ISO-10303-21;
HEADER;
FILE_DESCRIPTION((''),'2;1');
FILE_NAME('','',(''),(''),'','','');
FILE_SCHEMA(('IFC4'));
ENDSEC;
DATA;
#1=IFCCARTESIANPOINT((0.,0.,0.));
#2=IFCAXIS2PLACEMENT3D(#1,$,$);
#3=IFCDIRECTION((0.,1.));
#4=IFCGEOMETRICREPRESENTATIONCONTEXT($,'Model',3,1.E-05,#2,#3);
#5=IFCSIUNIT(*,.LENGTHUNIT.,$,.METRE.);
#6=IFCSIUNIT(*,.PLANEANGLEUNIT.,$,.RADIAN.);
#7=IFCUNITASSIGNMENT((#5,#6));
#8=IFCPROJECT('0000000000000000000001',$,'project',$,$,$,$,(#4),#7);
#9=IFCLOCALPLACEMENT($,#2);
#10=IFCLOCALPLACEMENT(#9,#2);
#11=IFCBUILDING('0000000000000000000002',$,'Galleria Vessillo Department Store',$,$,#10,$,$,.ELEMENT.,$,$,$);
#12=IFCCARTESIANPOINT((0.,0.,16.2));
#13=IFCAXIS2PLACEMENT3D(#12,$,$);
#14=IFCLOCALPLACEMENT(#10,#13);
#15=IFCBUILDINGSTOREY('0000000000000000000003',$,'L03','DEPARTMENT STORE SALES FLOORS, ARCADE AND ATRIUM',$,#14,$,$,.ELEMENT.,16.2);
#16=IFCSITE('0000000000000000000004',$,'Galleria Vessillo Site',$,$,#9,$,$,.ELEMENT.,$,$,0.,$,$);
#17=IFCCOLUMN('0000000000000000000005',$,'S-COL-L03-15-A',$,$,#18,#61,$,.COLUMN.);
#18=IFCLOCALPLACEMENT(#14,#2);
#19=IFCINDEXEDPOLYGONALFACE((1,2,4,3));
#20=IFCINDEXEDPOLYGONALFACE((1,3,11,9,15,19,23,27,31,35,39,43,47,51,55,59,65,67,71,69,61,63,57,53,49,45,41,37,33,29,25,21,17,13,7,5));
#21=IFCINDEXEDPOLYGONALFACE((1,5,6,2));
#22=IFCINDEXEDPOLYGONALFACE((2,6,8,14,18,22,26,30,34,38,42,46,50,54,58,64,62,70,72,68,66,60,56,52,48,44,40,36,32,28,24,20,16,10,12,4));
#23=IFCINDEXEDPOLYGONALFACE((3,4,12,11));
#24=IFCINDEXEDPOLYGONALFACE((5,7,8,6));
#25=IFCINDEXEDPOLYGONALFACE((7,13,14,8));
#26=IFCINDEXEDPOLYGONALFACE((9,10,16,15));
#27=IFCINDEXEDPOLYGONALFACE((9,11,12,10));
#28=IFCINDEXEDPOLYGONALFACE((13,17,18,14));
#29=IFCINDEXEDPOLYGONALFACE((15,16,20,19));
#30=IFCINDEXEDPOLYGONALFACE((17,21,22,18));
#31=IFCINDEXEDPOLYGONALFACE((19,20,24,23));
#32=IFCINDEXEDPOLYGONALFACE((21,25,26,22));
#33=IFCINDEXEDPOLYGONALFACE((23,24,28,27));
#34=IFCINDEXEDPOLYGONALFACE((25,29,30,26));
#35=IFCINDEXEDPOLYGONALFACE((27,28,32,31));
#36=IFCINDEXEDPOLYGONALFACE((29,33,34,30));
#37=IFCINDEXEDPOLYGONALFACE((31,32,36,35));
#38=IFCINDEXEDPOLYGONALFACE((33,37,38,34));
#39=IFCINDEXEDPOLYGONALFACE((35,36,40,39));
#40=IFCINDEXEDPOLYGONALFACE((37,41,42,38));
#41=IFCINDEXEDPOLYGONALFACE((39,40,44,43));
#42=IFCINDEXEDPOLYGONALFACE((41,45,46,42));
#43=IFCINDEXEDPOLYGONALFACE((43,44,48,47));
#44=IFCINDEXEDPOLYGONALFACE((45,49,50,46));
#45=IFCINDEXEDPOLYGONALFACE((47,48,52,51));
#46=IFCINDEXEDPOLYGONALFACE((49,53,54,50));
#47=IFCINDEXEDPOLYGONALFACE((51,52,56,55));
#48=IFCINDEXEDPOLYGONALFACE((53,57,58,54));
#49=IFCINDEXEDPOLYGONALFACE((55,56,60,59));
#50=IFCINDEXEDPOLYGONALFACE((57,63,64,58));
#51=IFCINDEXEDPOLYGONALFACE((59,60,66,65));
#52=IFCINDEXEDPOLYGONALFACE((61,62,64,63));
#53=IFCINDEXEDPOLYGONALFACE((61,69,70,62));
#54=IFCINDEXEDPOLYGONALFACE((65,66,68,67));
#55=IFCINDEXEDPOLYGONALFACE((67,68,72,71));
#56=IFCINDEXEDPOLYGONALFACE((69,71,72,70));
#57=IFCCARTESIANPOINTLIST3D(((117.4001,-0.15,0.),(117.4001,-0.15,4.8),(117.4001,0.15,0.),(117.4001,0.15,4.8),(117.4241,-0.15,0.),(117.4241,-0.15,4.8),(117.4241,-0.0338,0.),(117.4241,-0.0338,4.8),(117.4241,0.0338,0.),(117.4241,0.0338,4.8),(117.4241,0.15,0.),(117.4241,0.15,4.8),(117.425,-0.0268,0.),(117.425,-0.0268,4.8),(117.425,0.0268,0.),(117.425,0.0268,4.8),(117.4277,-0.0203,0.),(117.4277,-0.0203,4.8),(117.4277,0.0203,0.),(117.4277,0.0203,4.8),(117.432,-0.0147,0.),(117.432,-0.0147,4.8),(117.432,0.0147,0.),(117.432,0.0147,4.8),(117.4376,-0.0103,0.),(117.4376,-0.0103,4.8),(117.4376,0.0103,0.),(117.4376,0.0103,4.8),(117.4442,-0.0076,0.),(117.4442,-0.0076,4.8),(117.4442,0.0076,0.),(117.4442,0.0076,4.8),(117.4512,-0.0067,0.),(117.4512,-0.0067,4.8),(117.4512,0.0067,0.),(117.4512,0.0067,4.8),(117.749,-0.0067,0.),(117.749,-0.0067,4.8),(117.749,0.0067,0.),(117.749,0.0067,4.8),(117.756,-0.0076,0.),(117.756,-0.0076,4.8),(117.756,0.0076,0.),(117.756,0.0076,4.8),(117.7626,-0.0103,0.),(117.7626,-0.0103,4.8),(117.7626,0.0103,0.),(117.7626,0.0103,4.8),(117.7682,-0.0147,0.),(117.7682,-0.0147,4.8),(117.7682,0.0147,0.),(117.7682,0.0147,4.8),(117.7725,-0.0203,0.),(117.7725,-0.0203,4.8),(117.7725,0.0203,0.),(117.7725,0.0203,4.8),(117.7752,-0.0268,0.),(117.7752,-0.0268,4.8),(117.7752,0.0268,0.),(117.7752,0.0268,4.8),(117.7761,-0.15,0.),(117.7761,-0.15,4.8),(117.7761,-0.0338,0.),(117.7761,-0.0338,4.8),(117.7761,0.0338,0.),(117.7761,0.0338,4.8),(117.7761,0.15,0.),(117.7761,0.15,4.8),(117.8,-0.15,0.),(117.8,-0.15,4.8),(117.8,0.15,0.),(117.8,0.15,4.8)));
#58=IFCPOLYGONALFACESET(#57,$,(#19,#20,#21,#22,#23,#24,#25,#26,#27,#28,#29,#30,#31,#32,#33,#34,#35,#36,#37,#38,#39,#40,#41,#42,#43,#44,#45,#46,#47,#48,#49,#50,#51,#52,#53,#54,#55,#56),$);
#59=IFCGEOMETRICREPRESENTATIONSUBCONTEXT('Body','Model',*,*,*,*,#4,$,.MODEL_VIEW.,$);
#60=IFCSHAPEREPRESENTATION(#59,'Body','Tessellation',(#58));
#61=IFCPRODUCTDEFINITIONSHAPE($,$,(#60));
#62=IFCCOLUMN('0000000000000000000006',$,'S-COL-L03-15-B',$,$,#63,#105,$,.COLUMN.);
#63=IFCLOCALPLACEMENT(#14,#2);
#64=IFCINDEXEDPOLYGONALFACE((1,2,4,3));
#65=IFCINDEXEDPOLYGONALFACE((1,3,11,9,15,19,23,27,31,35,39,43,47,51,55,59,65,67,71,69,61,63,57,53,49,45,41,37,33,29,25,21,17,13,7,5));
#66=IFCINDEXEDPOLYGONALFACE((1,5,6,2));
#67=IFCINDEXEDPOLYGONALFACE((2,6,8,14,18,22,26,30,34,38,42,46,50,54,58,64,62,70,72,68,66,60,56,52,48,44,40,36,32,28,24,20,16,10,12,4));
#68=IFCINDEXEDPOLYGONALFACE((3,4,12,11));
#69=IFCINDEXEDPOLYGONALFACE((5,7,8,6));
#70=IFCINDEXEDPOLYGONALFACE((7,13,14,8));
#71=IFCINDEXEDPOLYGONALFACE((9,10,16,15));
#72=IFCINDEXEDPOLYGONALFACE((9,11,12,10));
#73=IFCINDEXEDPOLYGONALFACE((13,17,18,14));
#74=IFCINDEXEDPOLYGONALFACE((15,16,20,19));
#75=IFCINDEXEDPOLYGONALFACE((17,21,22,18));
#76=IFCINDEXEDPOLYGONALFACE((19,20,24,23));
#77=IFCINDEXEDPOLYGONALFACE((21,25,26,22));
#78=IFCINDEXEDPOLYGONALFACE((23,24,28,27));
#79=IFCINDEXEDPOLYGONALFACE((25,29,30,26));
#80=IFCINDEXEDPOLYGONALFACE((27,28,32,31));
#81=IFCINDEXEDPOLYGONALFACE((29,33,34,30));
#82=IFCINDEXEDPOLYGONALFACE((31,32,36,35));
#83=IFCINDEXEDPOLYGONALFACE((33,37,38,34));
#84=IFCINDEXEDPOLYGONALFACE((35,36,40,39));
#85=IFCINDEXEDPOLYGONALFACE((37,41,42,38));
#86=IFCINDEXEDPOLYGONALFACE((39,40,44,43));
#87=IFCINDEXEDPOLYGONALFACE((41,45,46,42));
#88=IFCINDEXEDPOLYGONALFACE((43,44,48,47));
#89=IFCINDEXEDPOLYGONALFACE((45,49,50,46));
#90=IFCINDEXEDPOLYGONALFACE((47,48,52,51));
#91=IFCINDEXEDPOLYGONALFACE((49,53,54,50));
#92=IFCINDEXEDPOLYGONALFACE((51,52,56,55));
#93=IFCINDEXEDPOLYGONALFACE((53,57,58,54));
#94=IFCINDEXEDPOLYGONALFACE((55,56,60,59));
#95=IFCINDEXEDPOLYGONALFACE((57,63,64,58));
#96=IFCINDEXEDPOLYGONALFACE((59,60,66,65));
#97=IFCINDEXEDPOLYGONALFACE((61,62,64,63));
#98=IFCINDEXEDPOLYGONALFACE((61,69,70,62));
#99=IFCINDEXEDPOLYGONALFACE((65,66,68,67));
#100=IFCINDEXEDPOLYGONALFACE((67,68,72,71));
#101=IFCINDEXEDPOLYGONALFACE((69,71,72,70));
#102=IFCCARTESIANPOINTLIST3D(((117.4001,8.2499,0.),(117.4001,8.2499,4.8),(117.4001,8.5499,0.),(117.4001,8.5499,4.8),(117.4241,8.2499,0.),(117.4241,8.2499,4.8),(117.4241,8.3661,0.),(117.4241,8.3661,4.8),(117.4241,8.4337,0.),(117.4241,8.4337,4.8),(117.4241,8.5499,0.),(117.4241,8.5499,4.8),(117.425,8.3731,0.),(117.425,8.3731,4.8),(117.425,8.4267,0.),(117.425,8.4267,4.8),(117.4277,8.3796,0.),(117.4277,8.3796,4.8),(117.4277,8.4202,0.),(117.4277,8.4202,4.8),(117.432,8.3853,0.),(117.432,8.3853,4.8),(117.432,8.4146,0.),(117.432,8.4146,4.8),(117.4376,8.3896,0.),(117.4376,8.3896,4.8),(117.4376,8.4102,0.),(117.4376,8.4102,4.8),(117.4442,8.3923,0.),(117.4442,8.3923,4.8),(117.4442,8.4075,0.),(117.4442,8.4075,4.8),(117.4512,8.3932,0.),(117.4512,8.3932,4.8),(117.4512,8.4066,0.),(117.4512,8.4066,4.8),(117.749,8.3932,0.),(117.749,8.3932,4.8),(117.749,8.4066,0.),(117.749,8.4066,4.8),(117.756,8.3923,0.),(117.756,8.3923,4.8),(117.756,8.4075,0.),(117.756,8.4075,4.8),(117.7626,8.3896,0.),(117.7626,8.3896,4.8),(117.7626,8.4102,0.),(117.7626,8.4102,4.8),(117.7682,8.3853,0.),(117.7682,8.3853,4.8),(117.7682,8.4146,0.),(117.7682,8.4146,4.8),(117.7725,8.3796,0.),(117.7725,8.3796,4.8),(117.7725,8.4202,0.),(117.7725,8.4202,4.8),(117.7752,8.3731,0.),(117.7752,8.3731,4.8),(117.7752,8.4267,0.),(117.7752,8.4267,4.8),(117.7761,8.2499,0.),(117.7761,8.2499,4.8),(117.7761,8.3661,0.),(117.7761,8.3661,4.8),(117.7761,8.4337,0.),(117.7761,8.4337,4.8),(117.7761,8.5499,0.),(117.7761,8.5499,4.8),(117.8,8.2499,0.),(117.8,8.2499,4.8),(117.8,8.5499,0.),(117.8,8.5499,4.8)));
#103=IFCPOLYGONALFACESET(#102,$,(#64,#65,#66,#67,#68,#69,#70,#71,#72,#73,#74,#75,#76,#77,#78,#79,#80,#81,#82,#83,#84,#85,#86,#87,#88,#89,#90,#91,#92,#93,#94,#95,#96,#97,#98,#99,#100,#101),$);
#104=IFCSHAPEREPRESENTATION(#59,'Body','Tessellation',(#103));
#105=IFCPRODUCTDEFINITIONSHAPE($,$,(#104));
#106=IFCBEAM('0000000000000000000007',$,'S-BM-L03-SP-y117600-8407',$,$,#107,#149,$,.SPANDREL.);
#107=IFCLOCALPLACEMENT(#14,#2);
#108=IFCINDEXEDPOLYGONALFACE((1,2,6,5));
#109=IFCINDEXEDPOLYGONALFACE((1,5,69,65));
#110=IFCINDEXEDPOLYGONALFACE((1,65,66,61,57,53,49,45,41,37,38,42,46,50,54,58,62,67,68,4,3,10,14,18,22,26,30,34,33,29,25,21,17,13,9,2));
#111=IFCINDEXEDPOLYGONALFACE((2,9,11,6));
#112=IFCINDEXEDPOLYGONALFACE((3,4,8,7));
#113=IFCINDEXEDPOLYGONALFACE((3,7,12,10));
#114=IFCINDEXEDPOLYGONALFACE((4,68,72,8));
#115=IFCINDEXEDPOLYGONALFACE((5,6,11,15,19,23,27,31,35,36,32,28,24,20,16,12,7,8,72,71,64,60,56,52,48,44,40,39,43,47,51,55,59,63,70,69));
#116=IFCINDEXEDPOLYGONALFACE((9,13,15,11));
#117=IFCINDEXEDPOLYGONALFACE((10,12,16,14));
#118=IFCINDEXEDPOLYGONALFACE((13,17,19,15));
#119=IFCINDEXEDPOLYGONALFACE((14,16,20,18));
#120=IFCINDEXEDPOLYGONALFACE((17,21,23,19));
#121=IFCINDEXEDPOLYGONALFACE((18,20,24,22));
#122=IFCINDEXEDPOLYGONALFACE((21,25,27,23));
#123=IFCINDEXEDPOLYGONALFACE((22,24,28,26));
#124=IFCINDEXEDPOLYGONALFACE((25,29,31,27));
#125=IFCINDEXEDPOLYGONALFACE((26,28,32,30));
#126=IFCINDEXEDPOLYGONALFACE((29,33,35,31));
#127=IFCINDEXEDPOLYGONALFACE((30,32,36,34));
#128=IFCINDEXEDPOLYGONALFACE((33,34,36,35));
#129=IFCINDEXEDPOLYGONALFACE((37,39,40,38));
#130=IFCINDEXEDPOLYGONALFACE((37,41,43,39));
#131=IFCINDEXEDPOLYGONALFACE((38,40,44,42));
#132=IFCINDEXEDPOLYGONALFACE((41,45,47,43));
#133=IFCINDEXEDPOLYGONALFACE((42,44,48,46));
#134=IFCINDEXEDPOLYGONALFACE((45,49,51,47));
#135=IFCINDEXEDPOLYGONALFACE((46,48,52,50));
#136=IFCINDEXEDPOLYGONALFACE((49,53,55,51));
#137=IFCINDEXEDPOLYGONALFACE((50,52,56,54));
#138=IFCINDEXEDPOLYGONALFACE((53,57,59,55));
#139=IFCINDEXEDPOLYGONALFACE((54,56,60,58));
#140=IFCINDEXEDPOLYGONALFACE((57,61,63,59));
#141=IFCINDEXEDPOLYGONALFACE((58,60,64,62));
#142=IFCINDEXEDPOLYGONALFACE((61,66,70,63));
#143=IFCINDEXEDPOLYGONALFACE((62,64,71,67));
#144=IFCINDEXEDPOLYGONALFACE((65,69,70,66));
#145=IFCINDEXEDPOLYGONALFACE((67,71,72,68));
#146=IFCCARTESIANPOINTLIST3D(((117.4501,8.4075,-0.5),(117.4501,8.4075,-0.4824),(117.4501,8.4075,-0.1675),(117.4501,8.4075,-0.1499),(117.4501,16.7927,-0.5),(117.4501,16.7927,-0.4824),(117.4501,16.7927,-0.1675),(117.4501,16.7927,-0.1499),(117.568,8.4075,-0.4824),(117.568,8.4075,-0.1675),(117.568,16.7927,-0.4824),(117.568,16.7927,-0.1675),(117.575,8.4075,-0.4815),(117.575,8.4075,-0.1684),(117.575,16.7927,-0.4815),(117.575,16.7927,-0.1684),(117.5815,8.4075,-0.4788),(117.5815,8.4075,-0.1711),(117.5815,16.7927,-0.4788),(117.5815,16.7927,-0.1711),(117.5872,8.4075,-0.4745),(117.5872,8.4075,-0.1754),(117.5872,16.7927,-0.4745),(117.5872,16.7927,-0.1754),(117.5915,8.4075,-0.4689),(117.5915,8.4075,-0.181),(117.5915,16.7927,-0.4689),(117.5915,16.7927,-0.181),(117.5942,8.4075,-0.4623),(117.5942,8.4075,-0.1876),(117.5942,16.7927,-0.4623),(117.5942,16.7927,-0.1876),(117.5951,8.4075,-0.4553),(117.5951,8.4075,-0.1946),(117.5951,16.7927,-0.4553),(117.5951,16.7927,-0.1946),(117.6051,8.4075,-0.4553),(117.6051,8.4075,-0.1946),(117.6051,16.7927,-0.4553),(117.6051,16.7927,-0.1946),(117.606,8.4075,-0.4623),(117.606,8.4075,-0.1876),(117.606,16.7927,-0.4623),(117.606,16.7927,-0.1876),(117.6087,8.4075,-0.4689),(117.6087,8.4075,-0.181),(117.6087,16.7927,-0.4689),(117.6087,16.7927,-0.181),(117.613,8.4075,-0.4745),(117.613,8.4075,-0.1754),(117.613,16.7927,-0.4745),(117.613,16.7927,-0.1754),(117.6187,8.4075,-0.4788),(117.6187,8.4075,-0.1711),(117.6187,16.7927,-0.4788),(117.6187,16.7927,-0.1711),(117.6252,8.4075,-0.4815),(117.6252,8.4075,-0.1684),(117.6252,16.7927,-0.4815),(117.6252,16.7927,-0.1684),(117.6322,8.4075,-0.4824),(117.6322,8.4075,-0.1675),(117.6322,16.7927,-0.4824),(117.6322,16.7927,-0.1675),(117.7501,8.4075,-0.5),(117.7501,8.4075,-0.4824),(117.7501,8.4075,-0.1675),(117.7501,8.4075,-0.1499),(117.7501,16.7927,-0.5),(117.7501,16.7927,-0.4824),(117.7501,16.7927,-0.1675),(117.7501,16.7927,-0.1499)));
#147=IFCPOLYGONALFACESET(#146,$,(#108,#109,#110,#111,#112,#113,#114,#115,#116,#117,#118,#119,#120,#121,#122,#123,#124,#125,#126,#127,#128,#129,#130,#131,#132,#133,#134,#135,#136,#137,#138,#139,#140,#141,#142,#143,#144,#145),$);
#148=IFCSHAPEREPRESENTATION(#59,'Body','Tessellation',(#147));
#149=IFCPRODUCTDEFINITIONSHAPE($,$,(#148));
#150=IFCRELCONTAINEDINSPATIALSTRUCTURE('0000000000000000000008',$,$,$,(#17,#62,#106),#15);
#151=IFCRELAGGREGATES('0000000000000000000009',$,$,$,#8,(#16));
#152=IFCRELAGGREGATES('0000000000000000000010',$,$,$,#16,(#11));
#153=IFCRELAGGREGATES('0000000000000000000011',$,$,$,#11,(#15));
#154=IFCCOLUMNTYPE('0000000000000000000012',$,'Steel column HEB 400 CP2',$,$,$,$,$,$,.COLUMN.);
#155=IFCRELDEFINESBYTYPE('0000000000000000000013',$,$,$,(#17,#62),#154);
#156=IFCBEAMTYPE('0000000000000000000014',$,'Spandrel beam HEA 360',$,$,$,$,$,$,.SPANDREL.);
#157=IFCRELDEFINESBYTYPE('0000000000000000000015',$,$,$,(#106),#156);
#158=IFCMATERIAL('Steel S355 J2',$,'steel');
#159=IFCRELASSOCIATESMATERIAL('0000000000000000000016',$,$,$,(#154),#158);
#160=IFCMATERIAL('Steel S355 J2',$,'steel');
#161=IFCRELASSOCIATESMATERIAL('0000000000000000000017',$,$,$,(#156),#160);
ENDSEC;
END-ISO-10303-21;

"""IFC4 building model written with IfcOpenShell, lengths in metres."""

from ifc_helpers import new_model, si_unit, direction, frame, origin, origin_2d, place, context, subcontext, project, spatial, i_section, extrude, material, material_profile, profile_set, type_object, element, save


model = new_model("IFC4")

# Units and contexts
model_context = context("Model", 3, precision=1e-05, world=origin(), true_north=direction((0.0, 1.0)))
body_context = subcontext(model_context, "Body", "Model", "MODEL_VIEW")
ifc_project = project(units=[si_unit("LENGTHUNIT", "METRE"), si_unit("PLANEANGLEUNIT", "RADIAN")], contexts=[model_context])

# Site, building, storey
site_placement = place(None, origin())
site = spatial("IfcSite", under=ifc_project, at=site_placement, Name="Galleria Vessillo Site", CompositionType="ELEMENT", RefElevation=0.0)
building_placement = place(site_placement, origin())
building = spatial("IfcBuilding", under=site, at=building_placement, Name="Galleria Vessillo Department Store", CompositionType="ELEMENT")
storey_placement = place(building_placement, frame((0.0, 0.0, 16.2)))
storey = spatial("IfcBuildingStorey", under=building, at=storey_placement, Name="L03", Description="DEPARTMENT STORE SALES FLOORS, ARCADE AND ATRIUM", CompositionType="ELEMENT", Elevation=16.2)

# Columns
ifc_material_1 = material(Name="Steel S355 J2", Category="steel")
ifc_material_profile_1 = material_profile(ifc_material_1, i_section(OverallWidth=0.3, OverallDepth=0.3999, WebThickness=0.0134, FlangeThickness=0.0239, FilletRadius=0.0271, at=origin_2d()), Name="HEB 400")
ifc_profile_set_1 = profile_set([ifc_material_profile_1], Name="Steel S355 J2")
column_type = type_object("IfcColumnType", Name="Steel column HEB 400 CP2", PredefinedType="COLUMN", material=ifc_profile_set_1)
for number, where, z_axis, x_axis, name in (
    (1, (117.6001, 0.0, 0.0), (0.0, 0.0, 1.0), (0.0, 1.0, 0.0), "S-COL-L03-15-A"),
    (2, (117.6001, 8.3999, 0.0), (0.0, 0.0, 1.0), (0.0, 1.0, 0.0), "S-COL-L03-15-B"),
):
    element("IfcColumn", number, at=place(storey_placement, frame(where, z_axis=z_axis, x_axis=x_axis)), inside=storey, type_object=column_type, Name=name, PredefinedType="COLUMN", context=body_context, shape_type="SweptSolid", body=[
        extrude(i_section(OverallWidth=0.3, OverallDepth=0.3999, WebThickness=0.0134, FlangeThickness=0.0239, FilletRadius=0.0271, at=origin_2d()), origin(), (0.0, 0.0, 1.0), 4.8),
    ])

# Beam
ifc_material_2 = material(Name="Steel S355 J2", Category="steel")
ifc_material_profile_2 = material_profile(ifc_material_2, i_section(OverallWidth=0.3, OverallDepth=0.3501, WebThickness=0.01, FlangeThickness=0.0176, FilletRadius=0.0271, at=origin_2d()), Name="HEA 360")
ifc_profile_set_2 = profile_set([ifc_material_profile_2], Name="Steel S355 J2")
beam_type = type_object("IfcBeamType", Name="Spandrel beam HEA 360", PredefinedType="SPANDREL", material=ifc_profile_set_2)
beam_placement = place(storey_placement, frame((117.6001, 8.4075, -0.325), z_axis=(0.0, 1.0, 0.0), x_axis=(-1.0, 0.0, 0.0)))
element("IfcBeam", 3, at=beam_placement, inside=storey, type_object=beam_type, Name="S-BM-L03-SP-y117600-8407", PredefinedType="SPANDREL", context=body_context, shape_type="SweptSolid", body=[
    extrude(i_section(OverallWidth=0.3, OverallDepth=0.3501, WebThickness=0.01, FlangeThickness=0.0176, FilletRadius=0.0271, at=origin_2d()), origin(), (0.0, 0.0, 1.0), 8.3853),
])

save(model, "model.ifc")
